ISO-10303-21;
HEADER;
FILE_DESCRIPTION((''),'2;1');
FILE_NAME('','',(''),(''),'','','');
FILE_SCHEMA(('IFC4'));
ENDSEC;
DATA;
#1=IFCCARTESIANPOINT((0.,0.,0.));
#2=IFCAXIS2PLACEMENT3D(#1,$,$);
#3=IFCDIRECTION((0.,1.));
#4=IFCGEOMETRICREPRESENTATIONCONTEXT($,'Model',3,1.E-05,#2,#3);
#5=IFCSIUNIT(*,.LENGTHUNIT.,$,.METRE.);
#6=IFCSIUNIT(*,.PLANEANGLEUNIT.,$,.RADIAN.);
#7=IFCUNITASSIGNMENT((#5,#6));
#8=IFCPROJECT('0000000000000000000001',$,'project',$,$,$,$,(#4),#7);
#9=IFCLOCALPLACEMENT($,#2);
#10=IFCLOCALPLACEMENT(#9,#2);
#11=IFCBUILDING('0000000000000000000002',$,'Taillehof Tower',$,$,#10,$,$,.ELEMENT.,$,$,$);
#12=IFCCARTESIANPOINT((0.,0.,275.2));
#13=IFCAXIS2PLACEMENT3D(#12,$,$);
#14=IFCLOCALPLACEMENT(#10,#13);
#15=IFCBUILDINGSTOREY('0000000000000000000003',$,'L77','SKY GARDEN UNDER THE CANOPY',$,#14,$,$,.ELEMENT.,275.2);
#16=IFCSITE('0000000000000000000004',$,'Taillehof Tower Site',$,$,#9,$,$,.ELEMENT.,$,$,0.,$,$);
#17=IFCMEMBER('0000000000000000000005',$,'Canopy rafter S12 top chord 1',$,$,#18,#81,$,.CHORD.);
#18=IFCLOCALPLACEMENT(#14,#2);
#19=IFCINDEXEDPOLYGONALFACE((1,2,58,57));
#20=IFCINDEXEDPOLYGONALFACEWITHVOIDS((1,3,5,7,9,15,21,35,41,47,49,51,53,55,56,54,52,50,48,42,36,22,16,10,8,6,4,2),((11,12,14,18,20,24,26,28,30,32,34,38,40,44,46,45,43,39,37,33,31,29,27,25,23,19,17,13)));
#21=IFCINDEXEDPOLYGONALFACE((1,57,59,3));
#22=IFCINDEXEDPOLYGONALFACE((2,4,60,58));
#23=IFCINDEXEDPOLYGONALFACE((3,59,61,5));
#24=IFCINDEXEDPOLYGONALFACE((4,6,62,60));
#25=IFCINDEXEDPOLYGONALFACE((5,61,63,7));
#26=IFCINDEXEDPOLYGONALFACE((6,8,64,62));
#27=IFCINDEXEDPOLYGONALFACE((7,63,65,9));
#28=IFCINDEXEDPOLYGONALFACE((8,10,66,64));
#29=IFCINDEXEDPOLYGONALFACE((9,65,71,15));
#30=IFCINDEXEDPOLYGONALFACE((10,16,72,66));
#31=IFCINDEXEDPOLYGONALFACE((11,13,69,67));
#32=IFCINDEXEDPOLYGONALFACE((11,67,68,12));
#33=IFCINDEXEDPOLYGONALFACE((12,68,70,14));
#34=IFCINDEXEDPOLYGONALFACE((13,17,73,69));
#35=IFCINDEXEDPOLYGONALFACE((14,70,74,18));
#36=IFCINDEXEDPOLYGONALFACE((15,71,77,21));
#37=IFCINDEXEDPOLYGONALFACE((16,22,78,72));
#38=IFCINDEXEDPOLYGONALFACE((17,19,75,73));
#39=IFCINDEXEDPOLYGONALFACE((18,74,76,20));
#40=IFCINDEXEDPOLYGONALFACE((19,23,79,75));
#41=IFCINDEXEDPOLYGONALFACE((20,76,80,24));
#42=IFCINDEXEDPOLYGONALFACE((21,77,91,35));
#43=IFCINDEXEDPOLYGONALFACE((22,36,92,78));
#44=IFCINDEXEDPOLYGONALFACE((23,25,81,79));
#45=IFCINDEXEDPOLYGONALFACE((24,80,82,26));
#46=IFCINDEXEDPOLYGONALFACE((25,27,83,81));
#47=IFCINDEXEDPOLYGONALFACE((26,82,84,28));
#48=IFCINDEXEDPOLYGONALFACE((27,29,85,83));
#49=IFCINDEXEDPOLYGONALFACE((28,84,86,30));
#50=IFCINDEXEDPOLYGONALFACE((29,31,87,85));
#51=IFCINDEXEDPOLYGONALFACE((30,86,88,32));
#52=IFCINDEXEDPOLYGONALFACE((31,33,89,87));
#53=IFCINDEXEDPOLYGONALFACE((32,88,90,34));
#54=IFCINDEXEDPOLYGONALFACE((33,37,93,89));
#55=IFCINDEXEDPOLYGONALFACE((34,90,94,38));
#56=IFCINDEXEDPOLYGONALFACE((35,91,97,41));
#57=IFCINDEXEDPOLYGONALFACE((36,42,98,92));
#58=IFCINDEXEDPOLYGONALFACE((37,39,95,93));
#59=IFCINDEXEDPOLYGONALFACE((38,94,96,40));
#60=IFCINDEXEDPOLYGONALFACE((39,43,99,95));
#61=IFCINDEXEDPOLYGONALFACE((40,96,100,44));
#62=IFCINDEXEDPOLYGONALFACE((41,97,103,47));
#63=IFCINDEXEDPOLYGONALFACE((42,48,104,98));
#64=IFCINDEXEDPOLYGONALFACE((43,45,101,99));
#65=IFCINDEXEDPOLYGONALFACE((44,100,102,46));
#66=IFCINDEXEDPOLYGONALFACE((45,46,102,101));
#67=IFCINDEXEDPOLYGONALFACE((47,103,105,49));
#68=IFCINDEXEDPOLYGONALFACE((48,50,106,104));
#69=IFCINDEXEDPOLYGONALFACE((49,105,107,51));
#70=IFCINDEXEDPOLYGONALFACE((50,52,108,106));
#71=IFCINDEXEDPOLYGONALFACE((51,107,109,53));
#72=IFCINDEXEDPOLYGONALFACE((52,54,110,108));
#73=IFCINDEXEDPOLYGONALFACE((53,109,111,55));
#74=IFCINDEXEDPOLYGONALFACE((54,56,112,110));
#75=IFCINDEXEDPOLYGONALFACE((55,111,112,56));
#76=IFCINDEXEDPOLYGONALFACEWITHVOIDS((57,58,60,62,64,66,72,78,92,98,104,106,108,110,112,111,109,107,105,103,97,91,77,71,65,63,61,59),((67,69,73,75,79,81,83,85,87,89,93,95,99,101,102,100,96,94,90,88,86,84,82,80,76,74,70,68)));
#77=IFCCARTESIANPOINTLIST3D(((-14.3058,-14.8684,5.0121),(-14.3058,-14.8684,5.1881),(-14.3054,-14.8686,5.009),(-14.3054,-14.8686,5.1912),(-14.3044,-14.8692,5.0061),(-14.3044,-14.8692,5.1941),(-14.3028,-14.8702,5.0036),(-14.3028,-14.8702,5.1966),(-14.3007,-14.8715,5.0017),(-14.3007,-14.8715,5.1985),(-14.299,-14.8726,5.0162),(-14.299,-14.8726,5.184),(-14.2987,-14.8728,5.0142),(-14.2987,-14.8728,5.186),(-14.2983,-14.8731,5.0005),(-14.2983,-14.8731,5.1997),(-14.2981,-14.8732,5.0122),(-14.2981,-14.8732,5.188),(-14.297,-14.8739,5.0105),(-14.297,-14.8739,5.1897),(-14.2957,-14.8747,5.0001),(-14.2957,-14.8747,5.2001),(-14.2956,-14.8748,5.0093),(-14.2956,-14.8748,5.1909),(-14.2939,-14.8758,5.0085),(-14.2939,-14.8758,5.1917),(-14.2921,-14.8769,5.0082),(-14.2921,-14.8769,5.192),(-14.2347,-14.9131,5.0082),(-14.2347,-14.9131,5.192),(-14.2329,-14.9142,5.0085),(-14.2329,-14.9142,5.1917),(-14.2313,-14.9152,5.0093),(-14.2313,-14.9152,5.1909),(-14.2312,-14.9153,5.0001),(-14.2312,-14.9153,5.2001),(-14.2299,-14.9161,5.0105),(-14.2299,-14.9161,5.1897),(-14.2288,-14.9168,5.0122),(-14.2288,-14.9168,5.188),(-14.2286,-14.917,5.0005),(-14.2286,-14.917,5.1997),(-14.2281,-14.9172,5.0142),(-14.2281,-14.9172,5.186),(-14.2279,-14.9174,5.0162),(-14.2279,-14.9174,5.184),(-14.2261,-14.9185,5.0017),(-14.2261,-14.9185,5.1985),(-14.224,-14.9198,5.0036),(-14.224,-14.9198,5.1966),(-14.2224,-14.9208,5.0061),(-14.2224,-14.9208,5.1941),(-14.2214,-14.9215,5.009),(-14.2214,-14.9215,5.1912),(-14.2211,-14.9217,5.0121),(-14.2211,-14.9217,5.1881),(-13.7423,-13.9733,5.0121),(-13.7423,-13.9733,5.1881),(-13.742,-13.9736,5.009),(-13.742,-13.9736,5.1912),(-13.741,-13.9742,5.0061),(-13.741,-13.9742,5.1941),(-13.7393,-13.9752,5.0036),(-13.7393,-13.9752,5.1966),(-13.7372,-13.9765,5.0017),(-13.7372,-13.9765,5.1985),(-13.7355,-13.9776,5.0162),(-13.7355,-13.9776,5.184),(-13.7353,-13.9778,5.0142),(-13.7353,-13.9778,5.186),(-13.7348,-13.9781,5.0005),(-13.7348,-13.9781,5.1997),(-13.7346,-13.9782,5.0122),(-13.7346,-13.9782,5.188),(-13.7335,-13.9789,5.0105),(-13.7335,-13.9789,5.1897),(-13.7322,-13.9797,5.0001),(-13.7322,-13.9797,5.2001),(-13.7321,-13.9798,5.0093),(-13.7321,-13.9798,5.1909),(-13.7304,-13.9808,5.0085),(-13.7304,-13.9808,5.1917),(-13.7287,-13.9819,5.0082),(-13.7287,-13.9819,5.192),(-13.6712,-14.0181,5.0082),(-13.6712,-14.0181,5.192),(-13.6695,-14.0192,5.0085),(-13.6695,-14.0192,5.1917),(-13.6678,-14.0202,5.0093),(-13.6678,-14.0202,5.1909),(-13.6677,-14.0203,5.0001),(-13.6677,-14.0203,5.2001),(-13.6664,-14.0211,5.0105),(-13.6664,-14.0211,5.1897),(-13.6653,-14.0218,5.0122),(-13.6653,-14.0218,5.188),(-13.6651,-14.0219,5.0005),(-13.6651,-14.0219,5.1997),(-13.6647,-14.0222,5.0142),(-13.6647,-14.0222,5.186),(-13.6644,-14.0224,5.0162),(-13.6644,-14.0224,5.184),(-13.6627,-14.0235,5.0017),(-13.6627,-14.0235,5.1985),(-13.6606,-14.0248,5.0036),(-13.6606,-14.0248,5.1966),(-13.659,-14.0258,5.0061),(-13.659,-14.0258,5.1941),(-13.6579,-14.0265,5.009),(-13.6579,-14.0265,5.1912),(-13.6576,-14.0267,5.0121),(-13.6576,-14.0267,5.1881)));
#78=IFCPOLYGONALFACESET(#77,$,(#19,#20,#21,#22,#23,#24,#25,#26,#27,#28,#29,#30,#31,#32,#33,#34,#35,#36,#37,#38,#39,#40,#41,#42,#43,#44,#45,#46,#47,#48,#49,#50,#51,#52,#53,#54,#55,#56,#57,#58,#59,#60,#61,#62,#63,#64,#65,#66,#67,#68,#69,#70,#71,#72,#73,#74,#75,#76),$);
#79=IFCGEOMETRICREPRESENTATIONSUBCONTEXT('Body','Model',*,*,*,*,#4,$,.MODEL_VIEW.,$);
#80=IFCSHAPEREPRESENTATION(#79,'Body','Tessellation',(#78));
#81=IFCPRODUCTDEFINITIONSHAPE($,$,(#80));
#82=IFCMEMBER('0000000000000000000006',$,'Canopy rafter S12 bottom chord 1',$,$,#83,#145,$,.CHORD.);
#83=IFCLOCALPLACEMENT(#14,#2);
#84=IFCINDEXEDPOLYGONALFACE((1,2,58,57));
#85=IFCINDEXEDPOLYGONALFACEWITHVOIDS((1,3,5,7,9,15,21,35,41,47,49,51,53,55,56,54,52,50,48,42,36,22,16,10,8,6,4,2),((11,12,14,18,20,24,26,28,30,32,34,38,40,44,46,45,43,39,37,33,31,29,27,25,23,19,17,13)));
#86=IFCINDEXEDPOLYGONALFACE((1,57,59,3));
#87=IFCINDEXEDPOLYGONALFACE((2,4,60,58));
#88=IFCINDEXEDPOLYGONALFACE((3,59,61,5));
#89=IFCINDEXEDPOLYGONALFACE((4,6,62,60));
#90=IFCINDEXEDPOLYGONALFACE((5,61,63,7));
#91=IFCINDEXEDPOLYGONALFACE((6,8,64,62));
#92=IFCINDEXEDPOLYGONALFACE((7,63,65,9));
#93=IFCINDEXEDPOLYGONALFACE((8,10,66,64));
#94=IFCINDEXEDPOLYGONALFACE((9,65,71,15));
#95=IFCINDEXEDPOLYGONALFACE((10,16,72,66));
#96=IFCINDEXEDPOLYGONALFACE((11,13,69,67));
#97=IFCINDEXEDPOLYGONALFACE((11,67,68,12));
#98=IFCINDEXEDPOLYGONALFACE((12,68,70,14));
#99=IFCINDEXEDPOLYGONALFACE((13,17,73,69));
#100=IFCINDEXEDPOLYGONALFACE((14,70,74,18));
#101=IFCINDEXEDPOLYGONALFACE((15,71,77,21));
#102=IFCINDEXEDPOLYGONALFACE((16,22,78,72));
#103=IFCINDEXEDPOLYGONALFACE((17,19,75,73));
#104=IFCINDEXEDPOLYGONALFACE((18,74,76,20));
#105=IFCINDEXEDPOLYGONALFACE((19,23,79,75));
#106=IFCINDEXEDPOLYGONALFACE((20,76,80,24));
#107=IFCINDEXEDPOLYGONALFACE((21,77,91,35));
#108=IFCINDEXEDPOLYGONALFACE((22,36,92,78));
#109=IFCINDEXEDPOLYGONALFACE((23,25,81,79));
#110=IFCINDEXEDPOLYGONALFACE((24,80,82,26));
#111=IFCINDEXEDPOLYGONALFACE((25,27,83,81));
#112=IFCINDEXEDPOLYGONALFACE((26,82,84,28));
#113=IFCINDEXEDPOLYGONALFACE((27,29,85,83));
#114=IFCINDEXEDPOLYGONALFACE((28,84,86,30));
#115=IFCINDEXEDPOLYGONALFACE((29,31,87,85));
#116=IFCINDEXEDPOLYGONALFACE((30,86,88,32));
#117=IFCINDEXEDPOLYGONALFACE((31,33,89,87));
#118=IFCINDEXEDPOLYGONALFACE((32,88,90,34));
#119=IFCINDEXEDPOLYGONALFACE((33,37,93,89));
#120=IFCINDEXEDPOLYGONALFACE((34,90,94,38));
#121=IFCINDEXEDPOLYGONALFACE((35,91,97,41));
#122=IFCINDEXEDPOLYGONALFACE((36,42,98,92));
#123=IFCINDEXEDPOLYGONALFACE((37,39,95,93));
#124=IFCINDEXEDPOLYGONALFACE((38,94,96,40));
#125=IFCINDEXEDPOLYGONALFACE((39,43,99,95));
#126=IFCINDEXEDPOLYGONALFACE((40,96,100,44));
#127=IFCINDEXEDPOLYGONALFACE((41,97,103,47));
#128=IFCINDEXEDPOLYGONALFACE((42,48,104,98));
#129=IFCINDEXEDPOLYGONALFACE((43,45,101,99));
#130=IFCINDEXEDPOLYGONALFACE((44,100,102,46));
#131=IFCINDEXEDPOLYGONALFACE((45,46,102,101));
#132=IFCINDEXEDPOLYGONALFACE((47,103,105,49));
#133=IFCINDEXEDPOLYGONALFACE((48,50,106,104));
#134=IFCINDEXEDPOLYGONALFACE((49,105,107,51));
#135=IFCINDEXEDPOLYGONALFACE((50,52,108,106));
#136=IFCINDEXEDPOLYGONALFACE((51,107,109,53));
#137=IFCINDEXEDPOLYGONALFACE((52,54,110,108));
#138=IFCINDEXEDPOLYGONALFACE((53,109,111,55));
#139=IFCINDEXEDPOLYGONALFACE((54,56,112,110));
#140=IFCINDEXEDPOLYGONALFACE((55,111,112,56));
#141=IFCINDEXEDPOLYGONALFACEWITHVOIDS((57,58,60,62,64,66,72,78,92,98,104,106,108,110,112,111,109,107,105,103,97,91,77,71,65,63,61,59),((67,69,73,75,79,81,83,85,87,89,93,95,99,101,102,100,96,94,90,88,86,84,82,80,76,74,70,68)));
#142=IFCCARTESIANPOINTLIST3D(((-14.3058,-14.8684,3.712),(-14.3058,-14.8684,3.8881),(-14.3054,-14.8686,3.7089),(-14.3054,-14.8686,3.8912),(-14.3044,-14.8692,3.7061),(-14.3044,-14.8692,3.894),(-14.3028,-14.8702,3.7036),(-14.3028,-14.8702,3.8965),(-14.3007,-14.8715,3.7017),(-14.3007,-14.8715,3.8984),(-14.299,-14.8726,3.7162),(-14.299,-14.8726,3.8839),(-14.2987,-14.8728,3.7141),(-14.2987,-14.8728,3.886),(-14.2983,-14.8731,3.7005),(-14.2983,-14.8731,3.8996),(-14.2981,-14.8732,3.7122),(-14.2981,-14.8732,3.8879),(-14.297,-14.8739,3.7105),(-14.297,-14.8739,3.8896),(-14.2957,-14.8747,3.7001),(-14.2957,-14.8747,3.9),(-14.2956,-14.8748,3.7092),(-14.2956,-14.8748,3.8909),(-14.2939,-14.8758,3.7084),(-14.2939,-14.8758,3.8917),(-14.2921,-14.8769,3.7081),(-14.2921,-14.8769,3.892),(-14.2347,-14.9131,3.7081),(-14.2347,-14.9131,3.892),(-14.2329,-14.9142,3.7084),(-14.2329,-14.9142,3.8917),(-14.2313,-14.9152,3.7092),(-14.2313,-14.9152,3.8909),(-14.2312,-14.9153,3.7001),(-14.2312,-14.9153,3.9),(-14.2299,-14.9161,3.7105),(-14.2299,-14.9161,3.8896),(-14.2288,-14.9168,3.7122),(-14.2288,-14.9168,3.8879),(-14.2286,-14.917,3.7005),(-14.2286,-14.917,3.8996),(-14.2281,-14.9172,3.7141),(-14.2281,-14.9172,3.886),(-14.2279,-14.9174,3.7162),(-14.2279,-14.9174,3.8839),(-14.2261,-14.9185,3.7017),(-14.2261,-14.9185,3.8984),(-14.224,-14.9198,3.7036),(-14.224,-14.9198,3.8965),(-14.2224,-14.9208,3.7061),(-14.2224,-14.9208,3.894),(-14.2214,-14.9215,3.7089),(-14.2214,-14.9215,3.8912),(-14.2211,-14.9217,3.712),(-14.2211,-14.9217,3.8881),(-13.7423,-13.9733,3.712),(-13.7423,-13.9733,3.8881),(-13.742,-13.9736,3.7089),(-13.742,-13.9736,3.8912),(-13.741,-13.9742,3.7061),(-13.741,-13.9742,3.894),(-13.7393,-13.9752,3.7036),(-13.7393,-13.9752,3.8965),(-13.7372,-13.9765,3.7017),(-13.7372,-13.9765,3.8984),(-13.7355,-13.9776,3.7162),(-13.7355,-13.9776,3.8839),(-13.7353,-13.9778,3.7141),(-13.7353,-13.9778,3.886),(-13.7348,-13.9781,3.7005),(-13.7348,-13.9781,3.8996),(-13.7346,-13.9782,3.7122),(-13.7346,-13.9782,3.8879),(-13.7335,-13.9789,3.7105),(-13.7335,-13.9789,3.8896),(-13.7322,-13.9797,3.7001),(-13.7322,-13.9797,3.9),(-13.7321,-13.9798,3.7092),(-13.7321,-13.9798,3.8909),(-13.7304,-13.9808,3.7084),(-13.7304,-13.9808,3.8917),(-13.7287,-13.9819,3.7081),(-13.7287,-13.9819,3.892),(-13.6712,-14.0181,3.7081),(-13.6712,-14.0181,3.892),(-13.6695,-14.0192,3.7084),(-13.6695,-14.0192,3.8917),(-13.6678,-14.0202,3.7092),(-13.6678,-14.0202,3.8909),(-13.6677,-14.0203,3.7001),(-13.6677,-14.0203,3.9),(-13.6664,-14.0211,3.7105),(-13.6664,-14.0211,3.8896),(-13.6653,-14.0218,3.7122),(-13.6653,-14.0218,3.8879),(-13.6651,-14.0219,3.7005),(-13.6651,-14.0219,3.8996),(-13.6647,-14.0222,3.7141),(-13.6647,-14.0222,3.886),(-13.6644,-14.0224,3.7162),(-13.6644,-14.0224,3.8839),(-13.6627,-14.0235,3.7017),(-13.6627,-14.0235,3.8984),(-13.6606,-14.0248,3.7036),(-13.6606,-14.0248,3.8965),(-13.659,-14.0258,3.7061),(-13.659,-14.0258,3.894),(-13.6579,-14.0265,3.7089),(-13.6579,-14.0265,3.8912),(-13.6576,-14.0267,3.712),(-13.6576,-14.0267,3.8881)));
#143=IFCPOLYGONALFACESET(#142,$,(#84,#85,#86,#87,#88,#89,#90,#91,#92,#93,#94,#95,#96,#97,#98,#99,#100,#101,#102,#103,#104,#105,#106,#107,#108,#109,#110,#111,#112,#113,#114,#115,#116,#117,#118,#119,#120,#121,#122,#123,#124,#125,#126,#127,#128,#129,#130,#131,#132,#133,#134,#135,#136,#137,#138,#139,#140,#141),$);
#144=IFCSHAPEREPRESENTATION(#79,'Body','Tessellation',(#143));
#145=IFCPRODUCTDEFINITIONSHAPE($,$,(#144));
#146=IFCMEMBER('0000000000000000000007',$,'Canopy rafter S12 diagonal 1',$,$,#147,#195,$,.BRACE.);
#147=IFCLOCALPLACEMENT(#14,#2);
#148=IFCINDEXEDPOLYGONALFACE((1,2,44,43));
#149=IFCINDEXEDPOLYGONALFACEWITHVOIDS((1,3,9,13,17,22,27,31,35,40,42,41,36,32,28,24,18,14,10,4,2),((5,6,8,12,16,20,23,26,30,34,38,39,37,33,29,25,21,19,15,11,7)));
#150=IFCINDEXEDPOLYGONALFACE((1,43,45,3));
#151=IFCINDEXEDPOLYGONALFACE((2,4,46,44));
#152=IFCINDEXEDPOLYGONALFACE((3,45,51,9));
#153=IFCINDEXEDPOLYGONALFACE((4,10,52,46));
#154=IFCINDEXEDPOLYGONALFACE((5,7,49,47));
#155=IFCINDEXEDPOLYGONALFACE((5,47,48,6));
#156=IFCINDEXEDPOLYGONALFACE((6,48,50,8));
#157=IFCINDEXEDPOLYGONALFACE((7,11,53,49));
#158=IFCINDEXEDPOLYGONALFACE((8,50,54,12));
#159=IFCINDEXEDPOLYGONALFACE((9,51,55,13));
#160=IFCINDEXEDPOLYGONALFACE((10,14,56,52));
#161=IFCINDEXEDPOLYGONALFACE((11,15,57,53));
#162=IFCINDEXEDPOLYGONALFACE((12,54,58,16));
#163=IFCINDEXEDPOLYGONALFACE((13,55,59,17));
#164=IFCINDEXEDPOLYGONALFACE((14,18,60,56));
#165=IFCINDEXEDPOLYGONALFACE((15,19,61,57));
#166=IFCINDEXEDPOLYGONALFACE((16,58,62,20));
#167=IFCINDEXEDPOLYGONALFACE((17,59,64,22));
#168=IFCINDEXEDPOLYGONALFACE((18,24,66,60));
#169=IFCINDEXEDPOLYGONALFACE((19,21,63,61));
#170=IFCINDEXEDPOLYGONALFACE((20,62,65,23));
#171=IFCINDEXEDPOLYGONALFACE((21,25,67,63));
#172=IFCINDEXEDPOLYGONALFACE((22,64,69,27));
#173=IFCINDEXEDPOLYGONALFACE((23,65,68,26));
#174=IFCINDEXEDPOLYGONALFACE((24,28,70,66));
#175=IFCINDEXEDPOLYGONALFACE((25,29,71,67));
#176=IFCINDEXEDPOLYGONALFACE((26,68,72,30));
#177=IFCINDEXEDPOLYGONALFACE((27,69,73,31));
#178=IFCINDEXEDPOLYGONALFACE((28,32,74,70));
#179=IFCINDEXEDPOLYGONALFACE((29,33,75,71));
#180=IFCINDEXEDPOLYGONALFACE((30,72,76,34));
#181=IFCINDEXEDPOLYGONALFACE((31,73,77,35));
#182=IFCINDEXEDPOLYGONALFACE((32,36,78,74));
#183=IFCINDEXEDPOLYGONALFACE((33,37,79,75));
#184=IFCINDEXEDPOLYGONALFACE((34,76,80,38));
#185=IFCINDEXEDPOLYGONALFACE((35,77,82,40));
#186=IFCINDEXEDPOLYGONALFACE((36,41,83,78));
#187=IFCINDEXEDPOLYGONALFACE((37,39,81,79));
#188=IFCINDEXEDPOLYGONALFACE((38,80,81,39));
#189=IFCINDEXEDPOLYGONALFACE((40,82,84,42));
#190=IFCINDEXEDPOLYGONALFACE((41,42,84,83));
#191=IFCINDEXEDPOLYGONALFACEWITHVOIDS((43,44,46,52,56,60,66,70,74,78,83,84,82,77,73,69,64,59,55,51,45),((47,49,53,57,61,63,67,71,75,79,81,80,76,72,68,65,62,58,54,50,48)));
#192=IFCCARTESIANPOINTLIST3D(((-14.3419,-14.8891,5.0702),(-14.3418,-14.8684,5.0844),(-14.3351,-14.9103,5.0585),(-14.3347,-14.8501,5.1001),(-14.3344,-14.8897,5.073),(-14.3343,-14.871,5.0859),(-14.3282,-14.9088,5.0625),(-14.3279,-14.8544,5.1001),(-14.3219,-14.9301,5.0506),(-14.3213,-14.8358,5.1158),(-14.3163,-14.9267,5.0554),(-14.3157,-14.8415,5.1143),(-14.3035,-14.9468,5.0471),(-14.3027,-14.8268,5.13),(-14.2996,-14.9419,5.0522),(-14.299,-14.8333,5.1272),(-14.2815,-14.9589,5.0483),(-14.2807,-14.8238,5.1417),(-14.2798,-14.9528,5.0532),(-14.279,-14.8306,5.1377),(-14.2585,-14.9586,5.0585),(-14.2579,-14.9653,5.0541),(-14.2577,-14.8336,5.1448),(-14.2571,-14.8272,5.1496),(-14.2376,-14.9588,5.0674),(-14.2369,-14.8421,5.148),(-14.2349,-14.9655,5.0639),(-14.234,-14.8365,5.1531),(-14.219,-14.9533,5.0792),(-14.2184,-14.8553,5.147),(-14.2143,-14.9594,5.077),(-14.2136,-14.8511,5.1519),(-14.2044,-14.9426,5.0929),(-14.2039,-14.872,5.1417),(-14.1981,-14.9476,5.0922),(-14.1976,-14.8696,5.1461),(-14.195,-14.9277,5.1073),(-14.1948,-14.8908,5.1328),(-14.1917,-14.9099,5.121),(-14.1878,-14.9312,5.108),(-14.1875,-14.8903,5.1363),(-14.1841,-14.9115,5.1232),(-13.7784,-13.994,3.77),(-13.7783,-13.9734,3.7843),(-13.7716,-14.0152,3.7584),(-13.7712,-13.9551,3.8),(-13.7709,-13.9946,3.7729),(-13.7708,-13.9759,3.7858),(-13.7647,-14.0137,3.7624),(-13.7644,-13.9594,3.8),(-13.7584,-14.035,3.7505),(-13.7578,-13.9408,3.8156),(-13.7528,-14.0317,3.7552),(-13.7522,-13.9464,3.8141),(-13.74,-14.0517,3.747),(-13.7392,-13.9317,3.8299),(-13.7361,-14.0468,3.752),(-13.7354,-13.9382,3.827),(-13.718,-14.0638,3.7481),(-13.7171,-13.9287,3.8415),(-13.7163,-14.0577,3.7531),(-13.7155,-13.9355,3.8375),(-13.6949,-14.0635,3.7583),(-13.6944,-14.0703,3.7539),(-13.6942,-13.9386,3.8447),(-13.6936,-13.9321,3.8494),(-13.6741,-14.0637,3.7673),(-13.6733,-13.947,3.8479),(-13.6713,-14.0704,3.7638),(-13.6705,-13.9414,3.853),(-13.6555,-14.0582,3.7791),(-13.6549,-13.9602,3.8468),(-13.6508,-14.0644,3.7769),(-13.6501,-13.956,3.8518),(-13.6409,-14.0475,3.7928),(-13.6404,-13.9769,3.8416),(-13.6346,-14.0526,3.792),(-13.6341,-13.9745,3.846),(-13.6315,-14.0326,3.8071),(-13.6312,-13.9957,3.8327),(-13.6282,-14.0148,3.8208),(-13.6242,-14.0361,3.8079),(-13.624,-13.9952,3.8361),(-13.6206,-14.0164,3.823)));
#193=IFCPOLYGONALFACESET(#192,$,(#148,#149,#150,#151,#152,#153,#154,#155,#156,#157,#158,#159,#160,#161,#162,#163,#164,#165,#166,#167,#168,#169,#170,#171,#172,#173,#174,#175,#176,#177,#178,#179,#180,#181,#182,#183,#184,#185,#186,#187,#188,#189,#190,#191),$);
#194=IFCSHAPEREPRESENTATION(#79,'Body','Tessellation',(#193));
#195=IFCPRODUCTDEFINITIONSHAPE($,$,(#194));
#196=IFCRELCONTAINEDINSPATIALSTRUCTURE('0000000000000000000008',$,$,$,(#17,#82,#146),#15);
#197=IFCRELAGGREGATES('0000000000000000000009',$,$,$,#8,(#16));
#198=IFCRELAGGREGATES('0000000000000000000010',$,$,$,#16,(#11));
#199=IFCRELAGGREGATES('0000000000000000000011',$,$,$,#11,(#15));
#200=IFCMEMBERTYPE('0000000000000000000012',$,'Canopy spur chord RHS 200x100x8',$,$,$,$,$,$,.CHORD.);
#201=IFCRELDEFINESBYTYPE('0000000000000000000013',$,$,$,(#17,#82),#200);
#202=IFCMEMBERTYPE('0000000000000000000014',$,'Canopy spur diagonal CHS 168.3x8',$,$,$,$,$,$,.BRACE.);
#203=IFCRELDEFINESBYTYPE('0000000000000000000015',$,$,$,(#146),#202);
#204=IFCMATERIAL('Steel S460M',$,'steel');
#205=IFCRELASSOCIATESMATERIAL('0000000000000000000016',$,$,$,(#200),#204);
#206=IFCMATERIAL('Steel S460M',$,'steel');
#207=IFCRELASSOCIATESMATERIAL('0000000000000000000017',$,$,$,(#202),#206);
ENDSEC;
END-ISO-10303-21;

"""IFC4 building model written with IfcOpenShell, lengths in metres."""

from ifc_helpers import new_model, si_unit, direction, frame, origin, origin_2d, place, context, subcontext, project, spatial, hollow_rectangle, hollow_circle, extrude, material, material_profile, profile_set, type_object, element, save


model = new_model("IFC4")

# Units and contexts
model_context = context("Model", 3, precision=1e-05, world=origin(), true_north=direction((0.0, 1.0)))
body_context = subcontext(model_context, "Body", "Model", "MODEL_VIEW")
ifc_project = project(units=[si_unit("LENGTHUNIT", "METRE"), si_unit("PLANEANGLEUNIT", "RADIAN")], contexts=[model_context])

# Site, building, storey
site_placement = place(None, origin())
site = spatial("IfcSite", under=ifc_project, at=site_placement, Name="Taillehof Tower Site", CompositionType="ELEMENT", RefElevation=0.0)
building_placement = place(site_placement, origin())
building = spatial("IfcBuilding", under=site, at=building_placement, Name="Taillehof Tower", CompositionType="ELEMENT")
storey_placement = place(building_placement, frame((0.0, 0.0, 275.2)))
storey = spatial("IfcBuildingStorey", under=building, at=storey_placement, Name="L77", Description="SKY GARDEN UNDER THE CANOPY", CompositionType="ELEMENT", Elevation=275.2)

# Members
ifc_material_1 = material(Name="Steel S460M", Category="steel")
ifc_material_profile_1 = material_profile(ifc_material_1, hollow_rectangle(XDim=0.1001, YDim=0.2, WallThickness=0.0081, InnerFilletRadius=0.0081, OuterFilletRadius=0.012, at=origin_2d()), Name="RHS 200x100x8")
ifc_profile_set_1 = profile_set([ifc_material_profile_1], Name="Steel S460M")
member_type_1 = type_object("IfcMemberType", Name="Canopy spur chord RHS 200x100x8", PredefinedType="CHORD", material=ifc_profile_set_1)
for number, where, z_axis, x_axis, name in (
    (1, (-14.2634, -14.895, 5.1001), (0.532777, 0.846256, 0.0), (-0.846256, 0.532777, 0.0), "Canopy rafter S12 top chord 1"),
    (2, (-14.2634, -14.895, 3.8), (0.532777, 0.846256, 0.0), (-0.846256, 0.532777, 0.0), "Canopy rafter S12 bottom chord 1"),
):
    element("IfcMember", number, at=place(storey_placement, frame(where, z_axis=z_axis, x_axis=x_axis)), inside=storey, type_object=member_type_1, Name=name, PredefinedType="CHORD", context=body_context, shape_type="SweptSolid", body=[
        extrude(hollow_rectangle(XDim=0.1001, YDim=0.2, WallThickness=0.0081, InnerFilletRadius=0.0081, OuterFilletRadius=0.012, at=origin_2d()), origin(), (0.0, 0.0, 1.0), 1.0576),
    ])
ifc_material_2 = material(Name="Steel S460M", Category="steel")
ifc_material_profile_2 = material_profile(ifc_material_2, hollow_circle(Radius=0.0842, WallThickness=0.0081, at=origin_2d()), Name="CHS 168.3x8")
ifc_profile_set_2 = profile_set([ifc_material_profile_2], Name="Steel S460M")
member_type_2 = type_object("IfcMemberType", Name="Canopy spur diagonal CHS 168.3x8", PredefinedType="BRACE", material=ifc_profile_set_2)
member_1_placement = place(storey_placement, frame((-14.2634, -14.895, 5.1001), z_axis=(0.33622, 0.534048, -0.775725), x_axis=(-0.846256, 0.532777, 0.0)))
element("IfcMember", 3, at=member_1_placement, inside=storey, type_object=member_type_2, Name="Canopy rafter S12 diagonal 1", PredefinedType="BRACE", context=body_context, shape_type="SweptSolid", body=[
    extrude(hollow_circle(Radius=0.0842, WallThickness=0.0081, at=origin_2d()), origin(), (0.0, 0.0, 1.0), 1.676),
])

save(model, "model.ifc")
